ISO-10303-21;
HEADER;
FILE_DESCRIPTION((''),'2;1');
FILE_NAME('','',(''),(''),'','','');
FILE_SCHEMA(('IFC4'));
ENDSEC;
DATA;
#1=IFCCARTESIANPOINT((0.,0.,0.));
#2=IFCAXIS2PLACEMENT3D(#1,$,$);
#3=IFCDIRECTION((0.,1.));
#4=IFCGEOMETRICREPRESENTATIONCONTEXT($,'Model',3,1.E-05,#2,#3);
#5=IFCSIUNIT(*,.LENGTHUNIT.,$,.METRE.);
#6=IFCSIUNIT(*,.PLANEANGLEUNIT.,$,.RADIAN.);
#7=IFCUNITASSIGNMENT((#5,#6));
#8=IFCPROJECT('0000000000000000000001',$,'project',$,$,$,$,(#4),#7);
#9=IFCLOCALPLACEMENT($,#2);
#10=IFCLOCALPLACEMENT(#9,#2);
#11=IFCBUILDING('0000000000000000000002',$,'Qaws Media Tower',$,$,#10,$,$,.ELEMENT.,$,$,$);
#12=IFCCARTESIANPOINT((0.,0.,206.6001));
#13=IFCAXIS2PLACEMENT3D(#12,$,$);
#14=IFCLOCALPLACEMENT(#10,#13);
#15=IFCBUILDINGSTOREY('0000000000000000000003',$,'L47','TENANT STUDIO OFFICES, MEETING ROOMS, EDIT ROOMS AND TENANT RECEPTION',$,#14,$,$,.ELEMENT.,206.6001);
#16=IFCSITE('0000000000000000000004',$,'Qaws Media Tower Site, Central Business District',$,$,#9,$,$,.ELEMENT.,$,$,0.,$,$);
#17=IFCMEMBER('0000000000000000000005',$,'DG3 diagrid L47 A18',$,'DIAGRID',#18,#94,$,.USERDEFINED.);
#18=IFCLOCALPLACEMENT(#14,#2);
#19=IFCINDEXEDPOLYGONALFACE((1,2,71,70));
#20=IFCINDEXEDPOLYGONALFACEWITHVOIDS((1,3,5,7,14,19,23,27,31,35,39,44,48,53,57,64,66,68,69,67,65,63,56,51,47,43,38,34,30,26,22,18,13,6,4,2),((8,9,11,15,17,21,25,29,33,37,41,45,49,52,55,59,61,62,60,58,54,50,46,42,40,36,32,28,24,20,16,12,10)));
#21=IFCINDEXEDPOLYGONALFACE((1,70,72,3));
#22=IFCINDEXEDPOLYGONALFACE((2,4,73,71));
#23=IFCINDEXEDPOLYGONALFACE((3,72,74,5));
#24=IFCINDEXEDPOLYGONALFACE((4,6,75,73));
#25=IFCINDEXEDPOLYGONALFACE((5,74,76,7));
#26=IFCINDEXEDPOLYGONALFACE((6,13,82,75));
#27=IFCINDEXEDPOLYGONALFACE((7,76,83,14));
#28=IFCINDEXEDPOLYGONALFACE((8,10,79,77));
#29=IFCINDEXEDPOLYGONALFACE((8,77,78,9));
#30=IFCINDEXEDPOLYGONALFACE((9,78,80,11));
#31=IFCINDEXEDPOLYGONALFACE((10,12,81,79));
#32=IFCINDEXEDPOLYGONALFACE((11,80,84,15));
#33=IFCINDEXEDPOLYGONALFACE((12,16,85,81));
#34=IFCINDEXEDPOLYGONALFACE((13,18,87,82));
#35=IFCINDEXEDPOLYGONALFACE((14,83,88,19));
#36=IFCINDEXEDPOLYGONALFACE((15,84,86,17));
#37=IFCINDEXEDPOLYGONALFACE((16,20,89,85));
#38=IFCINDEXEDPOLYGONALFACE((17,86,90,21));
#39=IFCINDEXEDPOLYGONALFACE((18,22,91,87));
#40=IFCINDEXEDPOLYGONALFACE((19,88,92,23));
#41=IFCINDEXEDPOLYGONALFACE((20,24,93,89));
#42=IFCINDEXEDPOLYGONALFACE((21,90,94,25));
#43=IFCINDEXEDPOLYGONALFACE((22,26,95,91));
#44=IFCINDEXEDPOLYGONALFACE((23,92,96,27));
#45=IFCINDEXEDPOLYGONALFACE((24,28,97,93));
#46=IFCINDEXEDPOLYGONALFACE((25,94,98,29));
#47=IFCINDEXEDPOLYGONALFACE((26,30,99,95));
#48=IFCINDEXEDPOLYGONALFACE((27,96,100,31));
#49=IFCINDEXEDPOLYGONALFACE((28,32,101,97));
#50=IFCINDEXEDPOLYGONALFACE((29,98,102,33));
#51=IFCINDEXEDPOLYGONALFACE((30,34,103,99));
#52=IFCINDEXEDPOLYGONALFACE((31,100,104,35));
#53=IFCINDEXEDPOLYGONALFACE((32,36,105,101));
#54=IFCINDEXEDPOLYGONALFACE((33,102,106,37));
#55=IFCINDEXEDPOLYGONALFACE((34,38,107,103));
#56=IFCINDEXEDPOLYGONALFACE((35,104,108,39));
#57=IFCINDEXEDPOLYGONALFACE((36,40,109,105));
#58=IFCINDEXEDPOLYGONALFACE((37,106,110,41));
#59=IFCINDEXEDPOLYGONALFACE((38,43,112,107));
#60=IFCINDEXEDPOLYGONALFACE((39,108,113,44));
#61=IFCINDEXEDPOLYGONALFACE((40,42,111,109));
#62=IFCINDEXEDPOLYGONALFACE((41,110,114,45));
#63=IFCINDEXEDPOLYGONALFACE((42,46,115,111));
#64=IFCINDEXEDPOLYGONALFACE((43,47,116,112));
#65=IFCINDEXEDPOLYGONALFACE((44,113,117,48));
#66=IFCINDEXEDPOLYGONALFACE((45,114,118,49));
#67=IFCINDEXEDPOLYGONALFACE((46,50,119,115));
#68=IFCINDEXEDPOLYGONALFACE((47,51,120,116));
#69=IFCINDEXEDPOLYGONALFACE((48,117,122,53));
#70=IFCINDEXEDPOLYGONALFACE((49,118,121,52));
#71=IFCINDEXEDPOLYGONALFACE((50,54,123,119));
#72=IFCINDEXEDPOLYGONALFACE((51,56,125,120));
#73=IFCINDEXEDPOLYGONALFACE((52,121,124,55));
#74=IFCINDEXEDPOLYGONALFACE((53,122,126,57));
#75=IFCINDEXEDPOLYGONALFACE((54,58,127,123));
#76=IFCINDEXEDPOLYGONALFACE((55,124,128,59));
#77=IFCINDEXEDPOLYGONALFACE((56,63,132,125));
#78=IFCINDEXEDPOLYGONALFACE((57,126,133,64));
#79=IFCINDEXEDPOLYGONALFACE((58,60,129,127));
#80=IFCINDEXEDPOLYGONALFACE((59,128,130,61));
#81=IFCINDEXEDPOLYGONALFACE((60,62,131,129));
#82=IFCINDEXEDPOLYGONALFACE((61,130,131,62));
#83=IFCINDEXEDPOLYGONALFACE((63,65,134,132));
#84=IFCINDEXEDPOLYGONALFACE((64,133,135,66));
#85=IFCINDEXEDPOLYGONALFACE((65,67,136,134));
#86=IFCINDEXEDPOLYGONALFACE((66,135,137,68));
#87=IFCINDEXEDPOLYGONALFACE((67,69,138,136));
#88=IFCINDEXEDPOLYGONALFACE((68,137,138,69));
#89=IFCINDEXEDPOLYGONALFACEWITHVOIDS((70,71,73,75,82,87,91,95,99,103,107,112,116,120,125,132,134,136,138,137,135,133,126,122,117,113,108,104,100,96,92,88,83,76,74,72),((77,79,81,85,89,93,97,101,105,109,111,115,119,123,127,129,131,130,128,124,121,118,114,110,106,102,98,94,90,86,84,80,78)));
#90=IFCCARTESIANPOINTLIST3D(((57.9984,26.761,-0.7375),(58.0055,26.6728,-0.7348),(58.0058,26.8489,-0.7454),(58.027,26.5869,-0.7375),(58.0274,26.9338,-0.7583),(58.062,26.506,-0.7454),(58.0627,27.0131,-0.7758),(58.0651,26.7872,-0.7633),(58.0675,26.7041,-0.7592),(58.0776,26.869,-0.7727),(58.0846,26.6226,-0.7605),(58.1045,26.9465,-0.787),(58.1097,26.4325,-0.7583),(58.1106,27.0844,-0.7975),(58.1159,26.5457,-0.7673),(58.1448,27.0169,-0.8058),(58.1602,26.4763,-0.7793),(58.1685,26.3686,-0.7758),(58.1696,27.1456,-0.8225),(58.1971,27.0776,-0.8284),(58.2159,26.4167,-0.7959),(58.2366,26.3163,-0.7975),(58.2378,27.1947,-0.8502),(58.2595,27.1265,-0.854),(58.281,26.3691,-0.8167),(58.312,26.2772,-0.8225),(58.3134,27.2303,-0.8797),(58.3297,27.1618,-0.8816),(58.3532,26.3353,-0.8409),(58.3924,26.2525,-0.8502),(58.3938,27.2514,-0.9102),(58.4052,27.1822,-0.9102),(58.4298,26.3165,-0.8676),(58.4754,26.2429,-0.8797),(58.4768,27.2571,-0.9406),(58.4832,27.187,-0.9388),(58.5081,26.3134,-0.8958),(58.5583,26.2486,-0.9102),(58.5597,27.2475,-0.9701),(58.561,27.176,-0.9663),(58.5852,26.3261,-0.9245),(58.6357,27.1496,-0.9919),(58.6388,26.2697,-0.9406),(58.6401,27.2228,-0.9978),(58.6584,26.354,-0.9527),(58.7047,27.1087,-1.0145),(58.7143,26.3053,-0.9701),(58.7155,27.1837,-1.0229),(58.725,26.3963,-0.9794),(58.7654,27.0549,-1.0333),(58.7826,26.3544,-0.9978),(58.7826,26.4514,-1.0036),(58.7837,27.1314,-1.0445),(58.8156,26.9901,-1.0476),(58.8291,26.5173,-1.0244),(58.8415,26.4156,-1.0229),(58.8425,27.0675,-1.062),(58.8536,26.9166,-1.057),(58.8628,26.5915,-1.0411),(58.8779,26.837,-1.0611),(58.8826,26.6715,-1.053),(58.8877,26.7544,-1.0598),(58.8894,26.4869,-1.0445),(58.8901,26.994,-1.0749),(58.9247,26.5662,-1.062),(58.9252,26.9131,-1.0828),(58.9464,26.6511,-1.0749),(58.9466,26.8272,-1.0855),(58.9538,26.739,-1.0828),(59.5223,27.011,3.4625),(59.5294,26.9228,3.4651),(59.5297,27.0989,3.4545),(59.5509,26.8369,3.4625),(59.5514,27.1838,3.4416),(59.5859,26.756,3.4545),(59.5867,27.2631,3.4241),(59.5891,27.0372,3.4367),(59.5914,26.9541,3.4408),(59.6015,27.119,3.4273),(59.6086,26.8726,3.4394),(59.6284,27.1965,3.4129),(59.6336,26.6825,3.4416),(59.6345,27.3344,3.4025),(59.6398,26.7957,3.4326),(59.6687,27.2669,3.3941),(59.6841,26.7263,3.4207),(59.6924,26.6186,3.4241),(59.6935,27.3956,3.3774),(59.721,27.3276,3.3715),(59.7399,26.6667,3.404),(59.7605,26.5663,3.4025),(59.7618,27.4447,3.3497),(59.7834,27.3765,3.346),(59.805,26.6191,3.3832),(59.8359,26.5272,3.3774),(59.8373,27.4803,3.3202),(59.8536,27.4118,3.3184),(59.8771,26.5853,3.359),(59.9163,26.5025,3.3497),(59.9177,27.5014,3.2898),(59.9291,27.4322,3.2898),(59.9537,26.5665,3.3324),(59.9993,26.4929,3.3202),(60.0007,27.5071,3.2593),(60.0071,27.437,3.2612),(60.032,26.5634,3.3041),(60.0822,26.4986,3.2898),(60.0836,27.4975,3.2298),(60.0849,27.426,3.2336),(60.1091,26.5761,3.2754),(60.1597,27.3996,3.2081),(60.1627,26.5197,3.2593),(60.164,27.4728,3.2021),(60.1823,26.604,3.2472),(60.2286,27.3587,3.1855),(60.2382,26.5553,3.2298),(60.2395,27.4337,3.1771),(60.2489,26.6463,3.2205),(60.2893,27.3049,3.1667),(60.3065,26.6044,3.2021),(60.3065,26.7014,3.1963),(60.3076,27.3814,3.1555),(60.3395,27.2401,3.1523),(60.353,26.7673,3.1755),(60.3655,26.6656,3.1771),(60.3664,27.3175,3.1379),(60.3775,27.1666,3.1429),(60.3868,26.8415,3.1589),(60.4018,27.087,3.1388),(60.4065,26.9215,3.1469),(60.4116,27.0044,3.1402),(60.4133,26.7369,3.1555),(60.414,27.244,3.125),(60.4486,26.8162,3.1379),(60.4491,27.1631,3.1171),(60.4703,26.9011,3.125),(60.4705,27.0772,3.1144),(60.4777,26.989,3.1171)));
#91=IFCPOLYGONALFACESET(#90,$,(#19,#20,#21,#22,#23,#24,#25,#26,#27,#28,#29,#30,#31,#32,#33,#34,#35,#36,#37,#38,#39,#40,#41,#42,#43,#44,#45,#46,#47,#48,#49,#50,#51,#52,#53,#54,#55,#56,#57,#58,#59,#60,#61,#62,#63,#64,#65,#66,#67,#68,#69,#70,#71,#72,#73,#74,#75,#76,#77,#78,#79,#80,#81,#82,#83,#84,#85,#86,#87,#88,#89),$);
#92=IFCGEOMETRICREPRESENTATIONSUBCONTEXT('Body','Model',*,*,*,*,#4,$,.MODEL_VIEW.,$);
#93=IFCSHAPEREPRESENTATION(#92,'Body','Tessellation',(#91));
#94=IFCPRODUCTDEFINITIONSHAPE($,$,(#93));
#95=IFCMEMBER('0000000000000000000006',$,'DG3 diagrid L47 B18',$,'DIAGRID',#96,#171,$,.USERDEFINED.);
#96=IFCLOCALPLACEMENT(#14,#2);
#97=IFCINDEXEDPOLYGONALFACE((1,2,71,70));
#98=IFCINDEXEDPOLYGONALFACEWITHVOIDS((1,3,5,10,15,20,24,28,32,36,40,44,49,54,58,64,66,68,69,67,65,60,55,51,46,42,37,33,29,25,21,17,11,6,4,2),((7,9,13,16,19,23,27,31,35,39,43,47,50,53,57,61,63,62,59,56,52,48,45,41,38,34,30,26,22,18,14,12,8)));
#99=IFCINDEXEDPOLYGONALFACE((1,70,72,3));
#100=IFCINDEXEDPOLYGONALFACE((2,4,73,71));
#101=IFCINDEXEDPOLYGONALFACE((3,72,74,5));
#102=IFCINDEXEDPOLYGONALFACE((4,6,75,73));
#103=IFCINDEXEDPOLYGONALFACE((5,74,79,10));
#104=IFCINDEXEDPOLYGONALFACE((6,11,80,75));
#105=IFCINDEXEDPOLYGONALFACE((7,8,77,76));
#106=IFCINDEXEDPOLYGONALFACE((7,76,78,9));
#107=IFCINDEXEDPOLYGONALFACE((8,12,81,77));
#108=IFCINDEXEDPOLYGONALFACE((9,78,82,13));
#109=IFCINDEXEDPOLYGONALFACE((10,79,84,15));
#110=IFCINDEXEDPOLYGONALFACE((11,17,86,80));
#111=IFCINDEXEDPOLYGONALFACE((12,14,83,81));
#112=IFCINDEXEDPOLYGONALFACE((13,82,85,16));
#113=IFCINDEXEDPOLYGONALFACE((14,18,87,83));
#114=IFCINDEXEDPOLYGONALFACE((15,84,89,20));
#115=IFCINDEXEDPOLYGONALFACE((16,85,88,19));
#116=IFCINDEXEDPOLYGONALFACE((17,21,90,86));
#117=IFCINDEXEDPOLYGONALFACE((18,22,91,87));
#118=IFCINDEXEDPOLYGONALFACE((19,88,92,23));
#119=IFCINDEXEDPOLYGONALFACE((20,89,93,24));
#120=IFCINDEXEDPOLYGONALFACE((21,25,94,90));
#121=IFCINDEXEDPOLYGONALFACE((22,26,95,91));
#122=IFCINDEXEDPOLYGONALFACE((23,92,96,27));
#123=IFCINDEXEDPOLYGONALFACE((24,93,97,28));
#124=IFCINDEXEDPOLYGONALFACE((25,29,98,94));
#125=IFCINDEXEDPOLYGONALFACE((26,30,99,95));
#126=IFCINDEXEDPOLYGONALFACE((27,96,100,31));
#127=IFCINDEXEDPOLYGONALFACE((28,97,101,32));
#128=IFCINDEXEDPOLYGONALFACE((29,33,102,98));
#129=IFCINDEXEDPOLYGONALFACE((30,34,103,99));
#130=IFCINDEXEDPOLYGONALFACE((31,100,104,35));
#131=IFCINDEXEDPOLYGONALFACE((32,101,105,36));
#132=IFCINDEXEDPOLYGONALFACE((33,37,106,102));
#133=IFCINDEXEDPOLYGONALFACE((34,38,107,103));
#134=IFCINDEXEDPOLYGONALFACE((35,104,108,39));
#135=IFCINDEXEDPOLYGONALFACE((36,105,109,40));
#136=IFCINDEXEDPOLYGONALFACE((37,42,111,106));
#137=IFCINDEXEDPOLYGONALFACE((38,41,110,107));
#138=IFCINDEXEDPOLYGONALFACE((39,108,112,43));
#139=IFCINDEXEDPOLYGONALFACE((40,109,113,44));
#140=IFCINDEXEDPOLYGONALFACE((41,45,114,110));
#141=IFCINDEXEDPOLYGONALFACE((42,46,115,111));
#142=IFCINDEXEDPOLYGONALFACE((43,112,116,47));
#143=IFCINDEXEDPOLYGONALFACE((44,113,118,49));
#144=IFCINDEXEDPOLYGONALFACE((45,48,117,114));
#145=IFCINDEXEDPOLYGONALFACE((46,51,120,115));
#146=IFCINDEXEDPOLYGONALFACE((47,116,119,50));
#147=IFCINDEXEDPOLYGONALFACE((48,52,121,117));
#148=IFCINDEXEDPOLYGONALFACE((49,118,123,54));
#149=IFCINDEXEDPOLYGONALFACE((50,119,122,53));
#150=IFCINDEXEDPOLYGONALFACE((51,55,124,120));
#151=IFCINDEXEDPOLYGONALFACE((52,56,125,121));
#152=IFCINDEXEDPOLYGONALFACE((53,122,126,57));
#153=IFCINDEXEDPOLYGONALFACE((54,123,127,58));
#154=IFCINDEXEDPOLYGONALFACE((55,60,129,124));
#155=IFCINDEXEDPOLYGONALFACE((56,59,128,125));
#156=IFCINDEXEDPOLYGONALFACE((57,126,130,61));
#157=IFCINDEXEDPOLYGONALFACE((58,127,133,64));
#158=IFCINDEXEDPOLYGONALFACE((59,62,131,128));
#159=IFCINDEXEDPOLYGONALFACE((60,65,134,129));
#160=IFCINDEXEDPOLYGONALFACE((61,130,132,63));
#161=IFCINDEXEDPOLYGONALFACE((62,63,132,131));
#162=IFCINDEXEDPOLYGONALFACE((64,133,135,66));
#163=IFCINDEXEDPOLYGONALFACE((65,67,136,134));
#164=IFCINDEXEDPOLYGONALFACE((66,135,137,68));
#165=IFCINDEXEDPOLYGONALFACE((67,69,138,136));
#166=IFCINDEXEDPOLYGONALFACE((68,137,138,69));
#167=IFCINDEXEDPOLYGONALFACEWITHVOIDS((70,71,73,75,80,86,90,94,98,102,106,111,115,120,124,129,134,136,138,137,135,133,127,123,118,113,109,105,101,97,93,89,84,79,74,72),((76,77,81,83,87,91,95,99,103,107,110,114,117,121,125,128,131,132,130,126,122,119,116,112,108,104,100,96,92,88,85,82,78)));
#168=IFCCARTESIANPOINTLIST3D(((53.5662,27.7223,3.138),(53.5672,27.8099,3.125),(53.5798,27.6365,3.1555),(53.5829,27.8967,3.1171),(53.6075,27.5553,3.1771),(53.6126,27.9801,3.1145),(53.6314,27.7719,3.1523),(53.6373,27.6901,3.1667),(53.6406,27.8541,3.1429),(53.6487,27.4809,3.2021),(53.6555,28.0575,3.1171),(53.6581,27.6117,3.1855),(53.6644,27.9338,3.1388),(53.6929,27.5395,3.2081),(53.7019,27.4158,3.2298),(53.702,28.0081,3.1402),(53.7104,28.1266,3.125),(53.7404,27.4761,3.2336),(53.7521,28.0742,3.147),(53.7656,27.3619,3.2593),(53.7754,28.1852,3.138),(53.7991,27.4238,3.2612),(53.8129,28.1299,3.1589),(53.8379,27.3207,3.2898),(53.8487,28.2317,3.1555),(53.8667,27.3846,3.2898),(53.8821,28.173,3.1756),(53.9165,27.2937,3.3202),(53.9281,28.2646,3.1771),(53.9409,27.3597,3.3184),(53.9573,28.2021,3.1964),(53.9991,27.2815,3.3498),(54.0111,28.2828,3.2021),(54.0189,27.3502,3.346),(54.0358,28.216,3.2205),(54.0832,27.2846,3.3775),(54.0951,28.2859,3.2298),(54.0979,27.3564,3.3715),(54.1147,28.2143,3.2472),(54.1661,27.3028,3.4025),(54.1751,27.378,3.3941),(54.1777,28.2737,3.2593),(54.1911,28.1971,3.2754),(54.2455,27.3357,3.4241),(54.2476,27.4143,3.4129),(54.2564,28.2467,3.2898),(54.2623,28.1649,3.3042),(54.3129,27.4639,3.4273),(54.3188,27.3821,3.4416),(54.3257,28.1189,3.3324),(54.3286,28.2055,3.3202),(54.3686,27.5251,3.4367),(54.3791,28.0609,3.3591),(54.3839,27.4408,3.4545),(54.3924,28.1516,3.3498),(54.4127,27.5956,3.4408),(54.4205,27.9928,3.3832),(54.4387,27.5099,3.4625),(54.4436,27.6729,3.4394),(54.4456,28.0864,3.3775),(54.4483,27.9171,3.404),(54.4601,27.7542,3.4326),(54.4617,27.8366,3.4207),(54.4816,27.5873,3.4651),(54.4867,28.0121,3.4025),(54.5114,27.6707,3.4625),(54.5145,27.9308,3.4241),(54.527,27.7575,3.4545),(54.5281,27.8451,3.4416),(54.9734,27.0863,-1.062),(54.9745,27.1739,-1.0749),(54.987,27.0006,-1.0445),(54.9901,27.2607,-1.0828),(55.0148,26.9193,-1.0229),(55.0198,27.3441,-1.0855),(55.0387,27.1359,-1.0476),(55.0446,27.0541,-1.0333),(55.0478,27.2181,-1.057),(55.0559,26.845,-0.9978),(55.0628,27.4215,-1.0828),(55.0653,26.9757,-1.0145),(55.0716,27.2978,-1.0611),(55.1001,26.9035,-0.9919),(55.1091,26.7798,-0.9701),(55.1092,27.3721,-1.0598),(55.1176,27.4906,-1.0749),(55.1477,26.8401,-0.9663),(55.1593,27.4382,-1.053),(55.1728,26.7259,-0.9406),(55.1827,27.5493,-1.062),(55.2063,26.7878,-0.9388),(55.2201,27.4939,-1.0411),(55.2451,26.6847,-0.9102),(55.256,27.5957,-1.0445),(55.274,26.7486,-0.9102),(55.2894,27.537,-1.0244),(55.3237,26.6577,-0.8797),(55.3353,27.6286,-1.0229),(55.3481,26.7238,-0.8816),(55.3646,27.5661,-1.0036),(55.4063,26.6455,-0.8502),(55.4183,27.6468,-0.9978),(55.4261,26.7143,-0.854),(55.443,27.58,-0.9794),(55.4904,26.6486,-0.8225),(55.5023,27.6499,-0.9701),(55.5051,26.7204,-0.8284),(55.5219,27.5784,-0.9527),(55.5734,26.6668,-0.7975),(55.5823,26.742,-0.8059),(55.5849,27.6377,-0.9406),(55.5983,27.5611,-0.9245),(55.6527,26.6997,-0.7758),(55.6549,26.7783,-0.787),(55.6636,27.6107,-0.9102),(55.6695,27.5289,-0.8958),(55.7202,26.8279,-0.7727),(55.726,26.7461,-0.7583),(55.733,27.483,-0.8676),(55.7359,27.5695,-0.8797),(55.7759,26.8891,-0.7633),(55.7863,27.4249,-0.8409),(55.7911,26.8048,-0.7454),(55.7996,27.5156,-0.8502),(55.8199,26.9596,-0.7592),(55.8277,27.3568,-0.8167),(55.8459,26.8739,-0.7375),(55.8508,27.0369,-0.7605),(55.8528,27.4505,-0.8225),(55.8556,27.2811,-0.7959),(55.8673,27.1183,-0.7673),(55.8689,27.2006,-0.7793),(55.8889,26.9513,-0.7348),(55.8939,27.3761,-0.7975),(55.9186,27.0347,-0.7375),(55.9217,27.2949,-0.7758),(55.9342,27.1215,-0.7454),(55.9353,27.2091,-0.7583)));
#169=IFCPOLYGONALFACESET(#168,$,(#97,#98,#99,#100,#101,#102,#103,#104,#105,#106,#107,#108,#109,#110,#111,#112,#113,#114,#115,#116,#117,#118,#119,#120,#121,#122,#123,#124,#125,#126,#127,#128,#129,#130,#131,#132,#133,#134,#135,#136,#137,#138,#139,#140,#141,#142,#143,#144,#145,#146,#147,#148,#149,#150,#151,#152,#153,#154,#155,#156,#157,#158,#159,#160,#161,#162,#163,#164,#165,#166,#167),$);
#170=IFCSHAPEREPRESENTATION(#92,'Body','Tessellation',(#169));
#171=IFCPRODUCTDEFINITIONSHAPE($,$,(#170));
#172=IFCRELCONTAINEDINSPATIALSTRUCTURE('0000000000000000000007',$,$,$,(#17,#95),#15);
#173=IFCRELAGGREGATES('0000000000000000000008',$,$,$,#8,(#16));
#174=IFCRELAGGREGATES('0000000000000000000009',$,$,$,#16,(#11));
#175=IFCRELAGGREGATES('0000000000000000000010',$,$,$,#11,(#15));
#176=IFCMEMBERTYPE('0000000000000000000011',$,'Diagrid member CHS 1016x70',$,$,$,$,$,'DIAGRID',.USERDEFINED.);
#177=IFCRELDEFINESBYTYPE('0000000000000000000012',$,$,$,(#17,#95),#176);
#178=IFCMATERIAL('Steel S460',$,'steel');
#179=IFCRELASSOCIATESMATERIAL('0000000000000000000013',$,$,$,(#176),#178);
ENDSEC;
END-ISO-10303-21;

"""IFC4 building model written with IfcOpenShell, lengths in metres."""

from ifc_helpers import new_model, si_unit, direction, frame, origin, origin_2d, place, context, subcontext, project, spatial, hollow_circle, extrude, material, material_profile, profile_set, type_object, element, save


model = new_model("IFC4")

# Units and contexts
model_context = context("Model", 3, precision=1e-05, world=origin(), true_north=direction((0.0, 1.0)))
body_context = subcontext(model_context, "Body", "Model", "MODEL_VIEW")
ifc_project = project(units=[si_unit("LENGTHUNIT", "METRE"), si_unit("PLANEANGLEUNIT", "RADIAN")], contexts=[model_context])

# Site, building, storey
site_placement = place(None, origin())
site = spatial("IfcSite", under=ifc_project, at=site_placement, Name="Qaws Media Tower Site, Central Business District", CompositionType="ELEMENT", RefElevation=0.0)
building_placement = place(site_placement, origin())
building = spatial("IfcBuilding", under=site, at=building_placement, Name="Qaws Media Tower", CompositionType="ELEMENT")
storey_placement = place(building_placement, frame((0.0, 0.0, 206.6001)))
storey = spatial("IfcBuildingStorey", under=building, at=storey_placement, Name="L47", Description="TENANT STUDIO OFFICES, MEETING ROOMS, EDIT ROOMS AND TENANT RECEPTION", CompositionType="ELEMENT", Elevation=206.6001)

# Members
ifc_material_1 = material(Name="Steel S460", Category="steel")
ifc_material_profile_1 = material_profile(ifc_material_1, hollow_circle(Radius=0.5081, WallThickness=0.0701, at=origin_2d()), Name="CHS 1016x70")
ifc_profile_set_1 = profile_set([ifc_material_profile_1], Name="Steel S460")
member_type_1 = type_object("IfcMemberType", Name="Diagrid member CHS 1016x70", ElementType="DIAGRID", PredefinedType="USERDEFINED", material=ifc_profile_set_1)
for number, where, z_axis, x_axis, name in (
    (1, (58.4761, 26.75, -0.9102), (0.340552, 0.055868, 0.938564), (-0.161886, 0.986809, 0.0), "DG3 diagrid L47 A18"),
    (2, (55.4543, 27.1477, -0.9102), (-0.314474, 0.142124, 0.938566), (-0.411837, -0.911258, 0.0), "DG3 diagrid L47 B18"),
):
    element("IfcMember", number, at=place(storey_placement, frame(where, z_axis=z_axis, x_axis=x_axis)), inside=storey, type_object=member_type_1, Name=name, ObjectType="DIAGRID", PredefinedType="USERDEFINED", context=body_context, shape_type="SweptSolid", body=[
        extrude(hollow_circle(Radius=0.5081, WallThickness=0.0701, at=origin_2d()), origin(), (0.0, 0.0, 1.0), 4.4749),
    ])

save(model, "model.ifc")
